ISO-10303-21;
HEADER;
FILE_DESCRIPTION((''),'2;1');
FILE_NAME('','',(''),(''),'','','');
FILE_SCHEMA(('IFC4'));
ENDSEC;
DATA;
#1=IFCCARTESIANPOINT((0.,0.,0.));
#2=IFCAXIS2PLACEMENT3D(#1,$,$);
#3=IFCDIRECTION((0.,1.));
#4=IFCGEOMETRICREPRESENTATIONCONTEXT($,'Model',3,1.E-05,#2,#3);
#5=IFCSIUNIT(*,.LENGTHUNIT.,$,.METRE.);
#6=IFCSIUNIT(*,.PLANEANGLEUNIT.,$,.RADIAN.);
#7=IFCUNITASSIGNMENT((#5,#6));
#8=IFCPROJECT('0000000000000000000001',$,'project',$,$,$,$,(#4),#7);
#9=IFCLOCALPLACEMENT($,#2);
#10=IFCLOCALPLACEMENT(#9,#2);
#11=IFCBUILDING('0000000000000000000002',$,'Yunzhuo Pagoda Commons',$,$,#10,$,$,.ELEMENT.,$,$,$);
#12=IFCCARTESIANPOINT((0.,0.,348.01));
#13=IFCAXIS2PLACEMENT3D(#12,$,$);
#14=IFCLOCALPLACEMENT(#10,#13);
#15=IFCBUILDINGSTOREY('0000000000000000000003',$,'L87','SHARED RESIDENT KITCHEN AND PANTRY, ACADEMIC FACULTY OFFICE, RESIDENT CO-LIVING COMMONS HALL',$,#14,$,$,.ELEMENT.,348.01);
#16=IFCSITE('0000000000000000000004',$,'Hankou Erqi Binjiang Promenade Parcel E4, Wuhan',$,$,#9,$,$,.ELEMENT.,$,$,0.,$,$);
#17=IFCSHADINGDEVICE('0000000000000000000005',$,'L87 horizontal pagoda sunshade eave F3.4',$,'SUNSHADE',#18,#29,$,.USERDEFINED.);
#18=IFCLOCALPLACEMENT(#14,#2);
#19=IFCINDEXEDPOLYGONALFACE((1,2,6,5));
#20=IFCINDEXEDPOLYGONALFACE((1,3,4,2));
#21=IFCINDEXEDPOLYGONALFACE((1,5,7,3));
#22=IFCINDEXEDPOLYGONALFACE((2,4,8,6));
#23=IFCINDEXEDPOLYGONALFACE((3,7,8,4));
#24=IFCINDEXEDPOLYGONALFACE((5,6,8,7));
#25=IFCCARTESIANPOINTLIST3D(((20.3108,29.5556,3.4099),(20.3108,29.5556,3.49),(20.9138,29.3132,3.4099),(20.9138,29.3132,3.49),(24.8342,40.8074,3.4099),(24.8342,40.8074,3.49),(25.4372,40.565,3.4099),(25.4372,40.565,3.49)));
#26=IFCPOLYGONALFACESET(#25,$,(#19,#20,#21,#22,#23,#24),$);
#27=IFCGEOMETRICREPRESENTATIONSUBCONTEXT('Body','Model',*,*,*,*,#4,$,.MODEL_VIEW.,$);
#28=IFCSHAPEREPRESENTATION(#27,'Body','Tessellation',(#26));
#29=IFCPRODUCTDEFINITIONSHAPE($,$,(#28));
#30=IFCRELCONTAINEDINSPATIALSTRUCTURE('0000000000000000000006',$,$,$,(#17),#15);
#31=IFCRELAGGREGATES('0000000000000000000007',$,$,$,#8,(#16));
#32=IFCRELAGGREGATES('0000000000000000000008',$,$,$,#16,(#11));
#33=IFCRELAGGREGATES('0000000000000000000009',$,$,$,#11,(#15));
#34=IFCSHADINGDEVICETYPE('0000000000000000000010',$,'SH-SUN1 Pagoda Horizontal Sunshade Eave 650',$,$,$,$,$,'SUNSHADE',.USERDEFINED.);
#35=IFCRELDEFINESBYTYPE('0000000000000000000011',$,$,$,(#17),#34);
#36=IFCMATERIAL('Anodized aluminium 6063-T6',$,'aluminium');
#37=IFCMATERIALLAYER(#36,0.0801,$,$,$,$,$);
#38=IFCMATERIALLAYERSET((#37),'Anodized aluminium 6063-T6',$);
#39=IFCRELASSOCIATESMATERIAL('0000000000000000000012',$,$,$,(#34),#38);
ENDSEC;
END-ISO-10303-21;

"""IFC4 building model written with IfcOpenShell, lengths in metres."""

from ifc_helpers import new_model, si_unit, direction, frame, origin, origin_2d, place, context, subcontext, project, spatial, rectangle, extrude, source, transform, mapped, material, layer, layer_set, type_object, element, save


model = new_model("IFC4")

# Units and contexts
model_context = context("Model", 3, precision=1e-05, world=origin(), true_north=direction((0.0, 1.0)))
body_context = subcontext(model_context, "Body", "Model", "MODEL_VIEW")
ifc_project = project(units=[si_unit("LENGTHUNIT", "METRE"), si_unit("PLANEANGLEUNIT", "RADIAN")], contexts=[model_context])

# Site, building, storey
site_placement = place(None, origin())
site = spatial("IfcSite", under=ifc_project, at=site_placement, Name="Hankou Erqi Binjiang Promenade Parcel E4, Wuhan", CompositionType="ELEMENT", RefElevation=0.0)
building_placement = place(site_placement, origin())
building = spatial("IfcBuilding", under=site, at=building_placement, Name="Yunzhuo Pagoda Commons", CompositionType="ELEMENT")
storey_placement = place(building_placement, frame((0.0, 0.0, 348.01)))
storey = spatial("IfcBuildingStorey", under=building, at=storey_placement, Name="L87", Description="SHARED RESIDENT KITCHEN AND PANTRY, ACADEMIC FACULTY OFFICE, RESIDENT CO-LIVING COMMONS HALL", CompositionType="ELEMENT", Elevation=348.01)

# Shared definitions
ifc_material_1 = material(Name="Anodized aluminium 6063-T6", Category="aluminium")

# Shading device
ifc_layer_1 = layer(ifc_material_1, 0.0801)
ifc_layer_set_1 = layer_set([ifc_layer_1], Name="Anodized aluminium 6063-T6")
shading_device_type = type_object("IfcShadingDeviceType", Name="SH-SUN1 Pagoda Horizontal Sunshade Eave 650", ElementType="SUNSHADE", PredefinedType="USERDEFINED", material=ifc_layer_set_1)
shared_shape_1 = source(origin(), body_context, "Body", "SweptSolid", [
    extrude(rectangle(XDim=12.127, YDim=0.6499, at=origin_2d()), origin(), (0.0, 0.0, 1.0), 0.0801),
])
shading_device_placement = place(storey_placement, frame((22.874, 35.0603, 3.4099), z_axis=(0.0, 0.0, 1.0), x_axis=(-0.373004, -0.92783, 0.0)))
element("IfcShadingDevice", 1, at=shading_device_placement, inside=storey, type_object=shading_device_type, Name="L87 horizontal pagoda sunshade eave F3.4", ObjectType="SUNSHADE", PredefinedType="USERDEFINED", context=body_context, shape_type="MappedRepresentation", body=[
    mapped(shared_shape_1, transform((0.0, 0.0, 0.0), scale=1.0)),
])

save(model, "model.ifc")
